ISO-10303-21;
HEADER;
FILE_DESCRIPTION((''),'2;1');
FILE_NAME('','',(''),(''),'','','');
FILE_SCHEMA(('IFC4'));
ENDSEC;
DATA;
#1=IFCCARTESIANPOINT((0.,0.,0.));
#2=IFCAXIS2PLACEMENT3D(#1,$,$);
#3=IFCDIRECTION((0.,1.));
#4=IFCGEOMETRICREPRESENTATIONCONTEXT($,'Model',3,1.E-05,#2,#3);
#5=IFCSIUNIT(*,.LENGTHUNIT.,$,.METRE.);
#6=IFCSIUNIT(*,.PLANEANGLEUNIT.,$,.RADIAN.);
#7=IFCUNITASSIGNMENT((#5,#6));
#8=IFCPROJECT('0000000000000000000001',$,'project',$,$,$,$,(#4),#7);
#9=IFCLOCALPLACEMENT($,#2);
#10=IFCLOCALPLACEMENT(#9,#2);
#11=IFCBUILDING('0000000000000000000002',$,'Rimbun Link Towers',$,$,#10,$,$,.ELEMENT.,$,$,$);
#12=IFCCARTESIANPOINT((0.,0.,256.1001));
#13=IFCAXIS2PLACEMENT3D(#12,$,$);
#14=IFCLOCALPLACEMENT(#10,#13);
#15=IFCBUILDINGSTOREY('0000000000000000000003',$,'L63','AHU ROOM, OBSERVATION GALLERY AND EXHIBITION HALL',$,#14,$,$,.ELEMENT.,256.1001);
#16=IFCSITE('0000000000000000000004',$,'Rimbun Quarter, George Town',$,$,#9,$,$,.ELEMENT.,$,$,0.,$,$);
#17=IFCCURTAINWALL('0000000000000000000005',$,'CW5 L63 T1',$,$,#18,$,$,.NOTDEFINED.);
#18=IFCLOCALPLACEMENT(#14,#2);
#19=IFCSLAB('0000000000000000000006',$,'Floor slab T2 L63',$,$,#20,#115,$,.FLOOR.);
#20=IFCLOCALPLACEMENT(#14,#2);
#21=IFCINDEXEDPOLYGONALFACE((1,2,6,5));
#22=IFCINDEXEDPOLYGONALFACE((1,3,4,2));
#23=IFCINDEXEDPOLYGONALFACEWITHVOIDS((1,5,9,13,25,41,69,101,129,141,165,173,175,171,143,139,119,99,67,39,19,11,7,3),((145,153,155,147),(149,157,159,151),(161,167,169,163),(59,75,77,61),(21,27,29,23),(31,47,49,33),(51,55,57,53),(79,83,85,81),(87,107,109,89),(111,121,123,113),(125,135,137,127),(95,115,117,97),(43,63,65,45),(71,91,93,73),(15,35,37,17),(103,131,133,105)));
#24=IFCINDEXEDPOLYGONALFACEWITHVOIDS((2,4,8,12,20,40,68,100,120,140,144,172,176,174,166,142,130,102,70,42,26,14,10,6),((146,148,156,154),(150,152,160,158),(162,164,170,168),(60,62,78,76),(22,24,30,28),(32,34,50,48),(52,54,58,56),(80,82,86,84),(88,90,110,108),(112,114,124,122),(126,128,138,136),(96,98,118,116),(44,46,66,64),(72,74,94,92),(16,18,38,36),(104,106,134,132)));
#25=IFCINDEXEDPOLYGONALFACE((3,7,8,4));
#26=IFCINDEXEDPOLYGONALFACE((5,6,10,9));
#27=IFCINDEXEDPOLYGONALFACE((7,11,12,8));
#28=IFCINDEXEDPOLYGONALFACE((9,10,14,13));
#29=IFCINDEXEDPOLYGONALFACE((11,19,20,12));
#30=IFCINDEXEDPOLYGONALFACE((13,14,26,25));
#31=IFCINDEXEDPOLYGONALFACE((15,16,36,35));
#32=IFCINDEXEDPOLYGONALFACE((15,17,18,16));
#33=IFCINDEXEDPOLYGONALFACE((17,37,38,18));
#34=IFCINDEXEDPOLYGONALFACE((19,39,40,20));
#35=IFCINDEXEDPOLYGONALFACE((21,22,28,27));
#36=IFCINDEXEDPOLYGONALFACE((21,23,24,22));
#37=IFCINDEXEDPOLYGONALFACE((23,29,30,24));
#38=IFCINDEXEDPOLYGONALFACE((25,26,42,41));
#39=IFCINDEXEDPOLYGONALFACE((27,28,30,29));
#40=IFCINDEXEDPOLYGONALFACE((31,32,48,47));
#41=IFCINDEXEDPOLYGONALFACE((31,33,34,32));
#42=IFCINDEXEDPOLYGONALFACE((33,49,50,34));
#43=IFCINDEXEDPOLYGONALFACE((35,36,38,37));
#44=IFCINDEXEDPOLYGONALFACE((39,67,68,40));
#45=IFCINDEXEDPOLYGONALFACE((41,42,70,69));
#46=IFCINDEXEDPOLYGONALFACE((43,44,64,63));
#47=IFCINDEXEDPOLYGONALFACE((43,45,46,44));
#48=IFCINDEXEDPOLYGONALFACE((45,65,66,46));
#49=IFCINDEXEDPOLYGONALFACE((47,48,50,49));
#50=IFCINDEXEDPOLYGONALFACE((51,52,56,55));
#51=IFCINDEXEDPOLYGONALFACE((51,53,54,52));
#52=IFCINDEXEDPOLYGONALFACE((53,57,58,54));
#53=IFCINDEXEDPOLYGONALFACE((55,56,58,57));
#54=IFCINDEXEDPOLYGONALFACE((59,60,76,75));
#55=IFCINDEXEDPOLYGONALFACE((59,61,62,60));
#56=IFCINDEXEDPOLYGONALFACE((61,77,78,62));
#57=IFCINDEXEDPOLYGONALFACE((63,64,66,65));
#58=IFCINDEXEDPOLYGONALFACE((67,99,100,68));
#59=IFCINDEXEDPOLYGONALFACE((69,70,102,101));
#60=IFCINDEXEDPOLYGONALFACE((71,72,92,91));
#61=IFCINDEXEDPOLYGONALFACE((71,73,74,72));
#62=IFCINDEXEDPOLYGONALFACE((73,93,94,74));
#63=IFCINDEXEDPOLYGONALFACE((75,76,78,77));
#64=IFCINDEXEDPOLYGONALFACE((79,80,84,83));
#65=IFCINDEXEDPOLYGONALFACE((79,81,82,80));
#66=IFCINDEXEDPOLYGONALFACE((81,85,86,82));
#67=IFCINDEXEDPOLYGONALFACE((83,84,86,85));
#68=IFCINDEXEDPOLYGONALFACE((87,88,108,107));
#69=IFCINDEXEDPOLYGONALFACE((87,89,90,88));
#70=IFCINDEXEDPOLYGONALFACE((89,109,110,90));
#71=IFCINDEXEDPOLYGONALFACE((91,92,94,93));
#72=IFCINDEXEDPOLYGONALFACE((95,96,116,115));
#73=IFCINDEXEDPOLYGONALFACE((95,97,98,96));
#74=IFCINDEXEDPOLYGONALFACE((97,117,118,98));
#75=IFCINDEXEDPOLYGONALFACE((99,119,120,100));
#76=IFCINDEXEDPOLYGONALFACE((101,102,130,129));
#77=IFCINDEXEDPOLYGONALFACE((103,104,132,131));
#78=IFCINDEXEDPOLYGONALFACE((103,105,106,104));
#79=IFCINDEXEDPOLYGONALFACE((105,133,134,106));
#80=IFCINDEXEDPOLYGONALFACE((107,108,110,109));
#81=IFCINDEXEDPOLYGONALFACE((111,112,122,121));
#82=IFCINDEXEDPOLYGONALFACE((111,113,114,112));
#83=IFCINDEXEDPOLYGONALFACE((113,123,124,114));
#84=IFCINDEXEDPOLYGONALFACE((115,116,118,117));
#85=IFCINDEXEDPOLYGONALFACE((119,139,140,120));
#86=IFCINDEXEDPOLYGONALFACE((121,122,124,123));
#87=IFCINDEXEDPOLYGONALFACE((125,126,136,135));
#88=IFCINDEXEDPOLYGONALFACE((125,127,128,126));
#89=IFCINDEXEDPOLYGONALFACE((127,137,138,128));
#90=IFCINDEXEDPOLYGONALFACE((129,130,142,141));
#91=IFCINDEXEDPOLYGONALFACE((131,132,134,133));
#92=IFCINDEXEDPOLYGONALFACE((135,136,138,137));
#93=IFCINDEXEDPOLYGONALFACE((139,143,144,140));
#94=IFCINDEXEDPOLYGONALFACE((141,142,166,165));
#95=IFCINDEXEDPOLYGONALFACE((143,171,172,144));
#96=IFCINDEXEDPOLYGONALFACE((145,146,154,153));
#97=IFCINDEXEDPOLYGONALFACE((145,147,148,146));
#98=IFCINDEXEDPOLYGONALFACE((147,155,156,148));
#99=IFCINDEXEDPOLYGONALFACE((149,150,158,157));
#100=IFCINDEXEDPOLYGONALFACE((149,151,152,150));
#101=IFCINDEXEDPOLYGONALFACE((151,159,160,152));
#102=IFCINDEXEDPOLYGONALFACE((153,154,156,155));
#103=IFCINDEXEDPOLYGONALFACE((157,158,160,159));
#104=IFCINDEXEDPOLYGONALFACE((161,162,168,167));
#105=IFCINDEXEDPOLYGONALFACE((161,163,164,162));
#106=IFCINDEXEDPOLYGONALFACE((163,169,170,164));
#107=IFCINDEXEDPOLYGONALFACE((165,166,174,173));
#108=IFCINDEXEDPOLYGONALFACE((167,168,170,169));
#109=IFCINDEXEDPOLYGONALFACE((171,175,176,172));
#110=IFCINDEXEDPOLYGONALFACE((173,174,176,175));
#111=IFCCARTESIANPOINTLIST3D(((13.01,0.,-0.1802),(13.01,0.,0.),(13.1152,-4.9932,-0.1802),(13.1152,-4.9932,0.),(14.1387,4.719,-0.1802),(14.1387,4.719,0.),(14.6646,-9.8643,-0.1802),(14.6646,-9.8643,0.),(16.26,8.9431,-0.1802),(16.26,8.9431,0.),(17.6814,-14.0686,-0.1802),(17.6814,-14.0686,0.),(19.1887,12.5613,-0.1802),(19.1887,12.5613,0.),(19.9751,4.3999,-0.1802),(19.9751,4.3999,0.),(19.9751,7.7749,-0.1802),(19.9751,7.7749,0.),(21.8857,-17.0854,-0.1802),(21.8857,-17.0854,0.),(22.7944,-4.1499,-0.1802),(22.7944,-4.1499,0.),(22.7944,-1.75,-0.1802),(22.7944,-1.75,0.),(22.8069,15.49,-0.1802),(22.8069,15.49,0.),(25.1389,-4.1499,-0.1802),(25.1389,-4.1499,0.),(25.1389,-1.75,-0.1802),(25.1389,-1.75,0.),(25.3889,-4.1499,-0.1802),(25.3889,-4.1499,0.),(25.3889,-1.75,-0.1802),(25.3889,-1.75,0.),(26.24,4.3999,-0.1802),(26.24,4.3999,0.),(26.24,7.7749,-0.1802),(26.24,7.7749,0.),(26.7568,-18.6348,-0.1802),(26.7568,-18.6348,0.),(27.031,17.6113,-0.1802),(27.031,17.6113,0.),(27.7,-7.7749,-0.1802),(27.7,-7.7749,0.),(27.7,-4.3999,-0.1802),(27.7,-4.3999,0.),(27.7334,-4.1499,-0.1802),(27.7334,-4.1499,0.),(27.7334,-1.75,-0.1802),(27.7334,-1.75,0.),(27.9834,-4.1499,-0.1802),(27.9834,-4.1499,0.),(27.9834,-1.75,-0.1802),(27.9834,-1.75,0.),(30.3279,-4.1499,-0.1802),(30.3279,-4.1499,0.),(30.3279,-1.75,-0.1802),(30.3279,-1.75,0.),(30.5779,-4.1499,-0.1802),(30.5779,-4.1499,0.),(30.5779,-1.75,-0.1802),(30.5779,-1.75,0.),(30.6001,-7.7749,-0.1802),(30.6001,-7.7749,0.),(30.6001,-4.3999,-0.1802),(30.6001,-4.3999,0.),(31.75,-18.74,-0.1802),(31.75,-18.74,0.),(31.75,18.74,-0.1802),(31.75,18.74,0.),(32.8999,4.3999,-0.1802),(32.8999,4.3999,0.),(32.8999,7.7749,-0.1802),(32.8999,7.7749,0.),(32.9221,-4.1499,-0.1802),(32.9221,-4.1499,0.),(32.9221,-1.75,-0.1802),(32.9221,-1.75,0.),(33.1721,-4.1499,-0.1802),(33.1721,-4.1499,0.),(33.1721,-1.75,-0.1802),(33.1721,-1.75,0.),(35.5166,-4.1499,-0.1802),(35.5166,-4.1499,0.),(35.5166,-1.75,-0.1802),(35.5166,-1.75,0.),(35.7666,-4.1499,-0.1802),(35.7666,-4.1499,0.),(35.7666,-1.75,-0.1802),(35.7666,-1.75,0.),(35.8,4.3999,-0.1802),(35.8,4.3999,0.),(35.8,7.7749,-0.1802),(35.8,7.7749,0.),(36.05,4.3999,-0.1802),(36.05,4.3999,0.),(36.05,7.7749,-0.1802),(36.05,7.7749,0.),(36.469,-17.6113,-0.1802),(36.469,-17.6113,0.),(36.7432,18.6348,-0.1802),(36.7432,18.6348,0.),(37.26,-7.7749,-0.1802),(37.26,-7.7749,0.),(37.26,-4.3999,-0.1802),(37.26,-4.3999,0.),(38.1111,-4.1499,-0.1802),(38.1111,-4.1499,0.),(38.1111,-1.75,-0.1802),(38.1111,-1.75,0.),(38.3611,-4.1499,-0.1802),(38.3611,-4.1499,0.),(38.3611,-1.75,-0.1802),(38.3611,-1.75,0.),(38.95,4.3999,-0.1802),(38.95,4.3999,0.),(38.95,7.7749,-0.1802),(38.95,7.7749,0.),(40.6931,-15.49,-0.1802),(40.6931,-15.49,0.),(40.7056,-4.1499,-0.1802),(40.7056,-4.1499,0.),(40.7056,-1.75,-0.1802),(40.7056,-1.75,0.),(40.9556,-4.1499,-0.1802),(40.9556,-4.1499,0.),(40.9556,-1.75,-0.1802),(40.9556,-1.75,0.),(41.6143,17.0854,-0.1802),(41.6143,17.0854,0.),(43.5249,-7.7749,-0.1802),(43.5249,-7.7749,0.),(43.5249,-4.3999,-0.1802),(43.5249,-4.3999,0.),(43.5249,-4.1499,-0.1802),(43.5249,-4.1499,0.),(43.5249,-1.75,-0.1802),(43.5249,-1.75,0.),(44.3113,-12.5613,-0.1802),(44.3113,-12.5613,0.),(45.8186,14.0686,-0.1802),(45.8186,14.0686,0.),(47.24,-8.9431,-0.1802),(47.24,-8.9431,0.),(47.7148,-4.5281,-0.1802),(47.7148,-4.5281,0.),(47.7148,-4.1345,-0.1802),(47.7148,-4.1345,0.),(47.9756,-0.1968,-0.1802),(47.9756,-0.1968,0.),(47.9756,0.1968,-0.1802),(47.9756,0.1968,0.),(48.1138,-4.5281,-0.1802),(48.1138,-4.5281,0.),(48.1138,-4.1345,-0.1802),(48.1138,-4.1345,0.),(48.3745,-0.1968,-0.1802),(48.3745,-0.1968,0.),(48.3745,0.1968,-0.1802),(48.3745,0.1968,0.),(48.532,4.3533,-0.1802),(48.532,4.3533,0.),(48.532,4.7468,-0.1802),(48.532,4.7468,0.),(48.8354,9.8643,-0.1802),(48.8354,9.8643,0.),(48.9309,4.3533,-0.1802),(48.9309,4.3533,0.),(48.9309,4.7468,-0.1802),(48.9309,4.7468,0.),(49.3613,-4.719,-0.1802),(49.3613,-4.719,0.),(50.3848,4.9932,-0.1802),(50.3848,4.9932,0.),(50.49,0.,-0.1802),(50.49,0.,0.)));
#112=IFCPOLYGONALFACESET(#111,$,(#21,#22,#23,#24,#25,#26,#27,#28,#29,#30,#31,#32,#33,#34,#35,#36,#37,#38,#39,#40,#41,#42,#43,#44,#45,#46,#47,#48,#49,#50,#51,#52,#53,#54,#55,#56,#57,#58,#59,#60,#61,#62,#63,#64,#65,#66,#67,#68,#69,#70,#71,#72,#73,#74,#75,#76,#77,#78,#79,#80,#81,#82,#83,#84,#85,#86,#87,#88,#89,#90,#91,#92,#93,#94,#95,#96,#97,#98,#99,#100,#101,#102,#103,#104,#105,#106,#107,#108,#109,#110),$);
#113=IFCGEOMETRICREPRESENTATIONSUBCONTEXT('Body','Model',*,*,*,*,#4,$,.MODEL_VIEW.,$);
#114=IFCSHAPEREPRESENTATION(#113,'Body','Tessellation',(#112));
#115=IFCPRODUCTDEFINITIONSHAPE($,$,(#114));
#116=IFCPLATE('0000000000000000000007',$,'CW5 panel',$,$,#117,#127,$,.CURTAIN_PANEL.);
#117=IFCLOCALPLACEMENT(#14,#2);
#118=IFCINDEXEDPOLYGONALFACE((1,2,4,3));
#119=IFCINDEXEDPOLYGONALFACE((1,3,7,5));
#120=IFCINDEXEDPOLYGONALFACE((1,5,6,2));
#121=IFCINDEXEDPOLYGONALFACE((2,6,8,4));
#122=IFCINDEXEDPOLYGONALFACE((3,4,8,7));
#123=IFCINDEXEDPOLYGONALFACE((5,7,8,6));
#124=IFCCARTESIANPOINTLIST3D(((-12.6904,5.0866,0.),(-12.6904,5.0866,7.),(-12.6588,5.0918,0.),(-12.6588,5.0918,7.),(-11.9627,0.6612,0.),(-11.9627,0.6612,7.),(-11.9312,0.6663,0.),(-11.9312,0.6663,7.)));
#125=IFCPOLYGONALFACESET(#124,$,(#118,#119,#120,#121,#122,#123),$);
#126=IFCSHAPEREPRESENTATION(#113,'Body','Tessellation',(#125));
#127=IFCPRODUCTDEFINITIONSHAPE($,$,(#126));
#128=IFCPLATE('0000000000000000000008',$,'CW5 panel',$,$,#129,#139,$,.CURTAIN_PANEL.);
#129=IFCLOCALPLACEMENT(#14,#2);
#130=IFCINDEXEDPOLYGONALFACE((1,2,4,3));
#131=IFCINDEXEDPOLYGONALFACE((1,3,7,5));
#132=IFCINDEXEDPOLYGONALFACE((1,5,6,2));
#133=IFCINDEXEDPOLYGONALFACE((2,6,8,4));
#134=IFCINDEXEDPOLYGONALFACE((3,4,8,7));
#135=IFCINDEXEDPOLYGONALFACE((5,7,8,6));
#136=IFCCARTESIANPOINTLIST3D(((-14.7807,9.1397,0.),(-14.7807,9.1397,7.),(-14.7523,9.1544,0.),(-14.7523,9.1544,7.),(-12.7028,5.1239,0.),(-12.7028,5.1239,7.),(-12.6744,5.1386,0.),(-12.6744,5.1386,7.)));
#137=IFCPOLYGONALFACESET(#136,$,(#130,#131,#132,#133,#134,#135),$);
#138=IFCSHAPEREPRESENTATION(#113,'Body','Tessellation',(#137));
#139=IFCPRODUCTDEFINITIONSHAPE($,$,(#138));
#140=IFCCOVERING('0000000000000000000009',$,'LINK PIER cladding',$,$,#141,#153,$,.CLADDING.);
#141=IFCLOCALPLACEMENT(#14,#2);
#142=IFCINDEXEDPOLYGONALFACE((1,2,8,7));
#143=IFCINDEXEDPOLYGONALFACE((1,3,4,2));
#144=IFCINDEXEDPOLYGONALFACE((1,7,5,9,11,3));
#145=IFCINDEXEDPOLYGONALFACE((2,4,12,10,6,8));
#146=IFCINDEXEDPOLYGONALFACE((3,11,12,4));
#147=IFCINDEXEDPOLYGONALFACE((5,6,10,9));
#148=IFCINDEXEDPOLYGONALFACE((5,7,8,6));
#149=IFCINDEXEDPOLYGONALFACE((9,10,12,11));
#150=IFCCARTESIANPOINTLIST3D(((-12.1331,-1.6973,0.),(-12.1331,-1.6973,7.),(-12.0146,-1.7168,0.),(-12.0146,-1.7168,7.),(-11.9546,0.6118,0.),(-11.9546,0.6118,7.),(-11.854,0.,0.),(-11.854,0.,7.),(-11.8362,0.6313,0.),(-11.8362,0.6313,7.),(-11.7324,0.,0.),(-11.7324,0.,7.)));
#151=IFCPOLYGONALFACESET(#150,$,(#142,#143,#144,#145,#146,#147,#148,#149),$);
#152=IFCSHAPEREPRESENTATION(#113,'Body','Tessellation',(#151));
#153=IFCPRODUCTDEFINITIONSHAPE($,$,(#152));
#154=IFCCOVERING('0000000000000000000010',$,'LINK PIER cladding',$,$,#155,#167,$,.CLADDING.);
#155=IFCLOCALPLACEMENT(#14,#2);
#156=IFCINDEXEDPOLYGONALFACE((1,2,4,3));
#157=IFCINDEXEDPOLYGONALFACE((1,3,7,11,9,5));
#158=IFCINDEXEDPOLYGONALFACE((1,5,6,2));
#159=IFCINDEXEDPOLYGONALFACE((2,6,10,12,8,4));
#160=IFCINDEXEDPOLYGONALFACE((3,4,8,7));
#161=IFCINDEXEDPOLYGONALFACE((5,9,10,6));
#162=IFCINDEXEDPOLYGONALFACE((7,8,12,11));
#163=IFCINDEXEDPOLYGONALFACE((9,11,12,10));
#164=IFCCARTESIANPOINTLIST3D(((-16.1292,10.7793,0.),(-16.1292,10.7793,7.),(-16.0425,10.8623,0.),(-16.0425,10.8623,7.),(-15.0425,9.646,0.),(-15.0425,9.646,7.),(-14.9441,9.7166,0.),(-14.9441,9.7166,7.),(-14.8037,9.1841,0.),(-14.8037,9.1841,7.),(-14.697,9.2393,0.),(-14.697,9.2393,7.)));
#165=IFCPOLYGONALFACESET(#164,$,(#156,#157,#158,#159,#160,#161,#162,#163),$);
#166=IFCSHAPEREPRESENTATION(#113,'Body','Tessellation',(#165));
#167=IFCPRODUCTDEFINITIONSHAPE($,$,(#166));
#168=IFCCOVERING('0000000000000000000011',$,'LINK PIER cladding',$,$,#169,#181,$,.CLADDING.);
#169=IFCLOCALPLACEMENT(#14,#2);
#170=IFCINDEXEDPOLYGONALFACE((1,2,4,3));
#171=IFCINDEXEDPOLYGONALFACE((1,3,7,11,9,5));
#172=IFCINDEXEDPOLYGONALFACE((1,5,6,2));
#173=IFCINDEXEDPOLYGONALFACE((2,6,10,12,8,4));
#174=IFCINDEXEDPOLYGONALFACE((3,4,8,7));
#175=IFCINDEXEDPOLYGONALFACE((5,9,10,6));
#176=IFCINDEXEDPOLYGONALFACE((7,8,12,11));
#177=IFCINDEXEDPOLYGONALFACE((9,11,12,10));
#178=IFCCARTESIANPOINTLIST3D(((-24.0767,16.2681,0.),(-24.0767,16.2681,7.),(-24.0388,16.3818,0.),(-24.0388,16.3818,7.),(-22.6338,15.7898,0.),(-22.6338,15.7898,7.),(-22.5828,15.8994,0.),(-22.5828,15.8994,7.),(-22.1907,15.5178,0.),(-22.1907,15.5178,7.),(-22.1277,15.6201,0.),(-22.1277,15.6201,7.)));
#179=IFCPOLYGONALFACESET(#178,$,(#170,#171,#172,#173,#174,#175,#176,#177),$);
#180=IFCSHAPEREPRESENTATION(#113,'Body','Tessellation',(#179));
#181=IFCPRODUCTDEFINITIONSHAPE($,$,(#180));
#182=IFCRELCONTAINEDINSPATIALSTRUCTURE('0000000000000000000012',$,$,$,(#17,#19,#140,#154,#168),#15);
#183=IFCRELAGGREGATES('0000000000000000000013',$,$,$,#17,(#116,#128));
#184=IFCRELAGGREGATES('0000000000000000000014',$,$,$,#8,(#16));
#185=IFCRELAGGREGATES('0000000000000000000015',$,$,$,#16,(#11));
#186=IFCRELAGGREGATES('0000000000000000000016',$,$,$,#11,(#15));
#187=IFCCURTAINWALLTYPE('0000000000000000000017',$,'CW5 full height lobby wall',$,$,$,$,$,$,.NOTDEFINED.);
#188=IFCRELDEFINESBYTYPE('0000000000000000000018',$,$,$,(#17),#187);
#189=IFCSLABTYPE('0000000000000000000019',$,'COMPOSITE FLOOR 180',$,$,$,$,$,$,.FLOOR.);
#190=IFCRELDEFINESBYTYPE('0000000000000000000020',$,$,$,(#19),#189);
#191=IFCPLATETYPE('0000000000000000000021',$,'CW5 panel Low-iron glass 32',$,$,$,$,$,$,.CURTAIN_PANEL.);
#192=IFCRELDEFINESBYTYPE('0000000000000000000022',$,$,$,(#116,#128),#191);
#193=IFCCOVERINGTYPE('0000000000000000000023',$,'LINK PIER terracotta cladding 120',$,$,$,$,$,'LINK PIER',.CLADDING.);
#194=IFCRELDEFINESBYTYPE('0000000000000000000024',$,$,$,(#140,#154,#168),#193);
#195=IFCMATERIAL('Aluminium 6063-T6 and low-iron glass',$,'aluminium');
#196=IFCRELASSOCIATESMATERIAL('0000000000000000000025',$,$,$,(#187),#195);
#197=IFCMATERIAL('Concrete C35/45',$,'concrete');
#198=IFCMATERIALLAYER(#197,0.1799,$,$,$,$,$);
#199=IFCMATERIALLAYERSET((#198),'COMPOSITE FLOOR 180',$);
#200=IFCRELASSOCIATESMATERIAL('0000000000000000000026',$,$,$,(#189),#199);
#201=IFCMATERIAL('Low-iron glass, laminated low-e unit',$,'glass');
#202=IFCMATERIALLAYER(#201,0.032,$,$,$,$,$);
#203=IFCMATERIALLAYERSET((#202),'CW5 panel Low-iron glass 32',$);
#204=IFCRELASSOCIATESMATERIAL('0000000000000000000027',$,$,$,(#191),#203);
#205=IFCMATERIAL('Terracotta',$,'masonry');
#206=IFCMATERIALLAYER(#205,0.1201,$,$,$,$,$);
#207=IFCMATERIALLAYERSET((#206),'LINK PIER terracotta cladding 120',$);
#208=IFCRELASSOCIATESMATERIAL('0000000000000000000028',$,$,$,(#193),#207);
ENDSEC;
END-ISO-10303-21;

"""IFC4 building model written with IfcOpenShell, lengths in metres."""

from ifc_helpers import new_model, si_unit, direction, frame, origin, origin_2d, place, context, subcontext, project, spatial, polyline, rectangle, outline, extrude, material, layer, layer_set, type_object, element, aggregate, save


model = new_model("IFC4")

# Units and contexts
model_context = context("Model", 3, precision=1e-05, world=origin(), true_north=direction((0.0, 1.0)))
body_context = subcontext(model_context, "Body", "Model", "MODEL_VIEW")
ifc_project = project(units=[si_unit("LENGTHUNIT", "METRE"), si_unit("PLANEANGLEUNIT", "RADIAN")], contexts=[model_context])

# Site, building, storey
site_placement = place(None, origin())
site = spatial("IfcSite", under=ifc_project, at=site_placement, Name="Rimbun Quarter, George Town", CompositionType="ELEMENT", RefElevation=0.0)
building_placement = place(site_placement, origin())
building = spatial("IfcBuilding", under=site, at=building_placement, Name="Rimbun Link Towers", CompositionType="ELEMENT")
storey_placement = place(building_placement, frame((0.0, 0.0, 256.1001)))
storey = spatial("IfcBuildingStorey", under=building, at=storey_placement, Name="L63", Description="AHU ROOM, OBSERVATION GALLERY AND EXHIBITION HALL", CompositionType="ELEMENT", Elevation=256.1001)

# Curtain wall
ifc_material_1 = material(Name="Aluminium 6063-T6 and low-iron glass", Category="aluminium")
curtain_wall_type = type_object("IfcCurtainWallType", Name="CW5 full height lobby wall", PredefinedType="NOTDEFINED", material=ifc_material_1)
curtain_wall_placement = place(storey_placement, origin())
curtain_wall = element("IfcCurtainWall", 1, at=curtain_wall_placement, inside=storey, type_object=curtain_wall_type, Name="CW5 L63 T1", PredefinedType="NOTDEFINED")

# Slab
ifc_material_2 = material(Name="Concrete C35/45", Category="concrete")
ifc_layer_1 = layer(ifc_material_2, 0.1799)
ifc_layer_set_1 = layer_set([ifc_layer_1], Name="COMPOSITE FLOOR 180")
slab_type = type_object("IfcSlabType", Name="COMPOSITE FLOOR 180", PredefinedType="FLOOR", material=ifc_layer_set_1)
slab_1_placement = place(storey_placement, frame((0.0, 0.0, -0.1802)))
element("IfcSlab", 2, at=slab_1_placement, inside=storey, type_object=slab_type, Name="Floor slab T2 L63", PredefinedType="FLOOR", context=body_context, shape_type="SweptSolid", body=[
    extrude(outline(polyline([(48.8354, 9.8643), (50.3848, 4.9932), (50.49, 0.0), (49.3613, -4.719), (47.24, -8.9431), (44.3113, -12.5613), (40.6931, -15.49), (36.469, -17.6113), (31.75, -18.74), (26.7568, -18.6348), (21.8857, -17.0854), (17.6814, -14.0686), (14.6646, -9.8643), (13.1152, -4.9932), (13.01, 0.0), (14.1387, 4.719), (16.26, 8.9431), (19.1887, 12.5613), (22.8069, 15.49), (27.031, 17.6113), (31.75, 18.74), (36.7432, 18.6348), (41.6143, 17.0854), (45.8186, 14.0686), (48.8354, 9.8643)]), holes=[polyline([(30.6001, -7.7749), (30.6001, -4.3999), (27.7, -4.3999), (27.7, -7.7749), (30.6001, -7.7749)]), polyline([(25.1389, -4.1499), (25.1389, -1.75), (22.7944, -1.75), (22.7944, -4.1499), (25.1389, -4.1499)]), polyline([(27.7334, -4.1499), (27.7334, -1.75), (25.3889, -1.75), (25.3889, -4.1499), (27.7334, -4.1499)]), polyline([(30.3279, -4.1499), (30.3279, -1.75), (27.9834, -1.75), (27.9834, -4.1499), (30.3279, -4.1499)]), polyline([(32.9221, -4.1499), (32.9221, -1.75), (30.5779, -1.75), (30.5779, -4.1499), (32.9221, -4.1499)]), polyline([(35.5166, -4.1499), (35.5166, -1.75), (33.1721, -1.75), (33.1721, -4.1499), (35.5166, -4.1499)]), polyline([(26.24, 4.3999), (26.24, 7.7749), (19.9751, 7.7749), (19.9751, 4.3999), (26.24, 4.3999)]), polyline([(35.8, 4.3999), (35.8, 7.7749), (32.8999, 7.7749), (32.8999, 4.3999), (35.8, 4.3999)]), polyline([(43.5249, -7.7749), (43.5249, -4.3999), (37.26, -4.3999), (37.26, -7.7749), (43.5249, -7.7749)]), polyline([(48.1138, -4.5281), (48.1138, -4.1345), (47.7148, -4.1345), (47.7148, -4.5281), (48.1138, -4.5281)]), polyline([(38.1111, -4.1499), (38.1111, -1.75), (35.7666, -1.75), (35.7666, -4.1499), (38.1111, -4.1499)]), polyline([(40.7056, -4.1499), (40.7056, -1.75), (38.3611, -1.75), (38.3611, -4.1499), (40.7056, -4.1499)]), polyline([(43.5249, -4.1499), (43.5249, -1.75), (40.9556, -1.75), (40.9556, -4.1499), (43.5249, -4.1499)]), polyline([(48.3745, -0.1968), (48.3745, 0.1968), (47.9756, 0.1968), (47.9756, -0.1968), (48.3745, -0.1968)]), polyline([(48.9309, 4.3533), (48.9309, 4.7468), (48.532, 4.7468), (48.532, 4.3533), (48.9309, 4.3533)]), polyline([(38.95, 4.3999), (38.95, 7.7749), (36.05, 7.7749), (36.05, 4.3999), (38.95, 4.3999)])]), origin(), (0.0, 0.0, 1.0), 0.1802),
])

# Plates
ifc_material_3 = material(Name="Low-iron glass, laminated low-e unit", Category="glass")
ifc_layer_2 = layer(ifc_material_3, 0.032)
ifc_layer_set_2 = layer_set([ifc_layer_2], Name="CW5 panel Low-iron glass 32")
plate_type = type_object("IfcPlateType", Name="CW5 panel Low-iron glass 32", PredefinedType="CURTAIN_PANEL", material=ifc_layer_set_2)
plate_1_placement = place(storey_placement, frame((-12.3108, 2.8765, 0.0), z_axis=(0.0, 0.0, 1.0), x_axis=(0.162249, -0.98675, 0.0)))
plate_1 = element("IfcPlate", 3, at=plate_1_placement, type_object=plate_type, Name="CW5 panel", PredefinedType="CURTAIN_PANEL", context=body_context, shape_type="SweptSolid", body=[
    extrude(rectangle(XDim=4.4849, YDim=0.032, at=origin_2d()), origin(), (0.0, 0.0, 1.0), 7.0),
])
plate_2_placement = place(storey_placement, frame((-13.7275, 7.1392, 0.0), z_axis=(0.0, 0.0, 1.0), x_axis=(0.459551, -0.888152, 0.0)))
plate_2 = element("IfcPlate", 4, at=plate_2_placement, type_object=plate_type, Name="CW5 panel", PredefinedType="CURTAIN_PANEL", context=body_context, shape_type="SweptSolid", body=[
    extrude(rectangle(XDim=4.5215, YDim=0.032, at=origin_2d()), origin(), (0.0, 0.0, 1.0), 7.0),
])
aggregate(curtain_wall, [plate_1, plate_2])

# Coverings
ifc_material_4 = material(Name="Terracotta", Category="masonry")
ifc_layer_3 = layer(ifc_material_4, 0.1201)
ifc_layer_set_3 = layer_set([ifc_layer_3], Name="LINK PIER terracotta cladding 120")
covering_type = type_object("IfcCoveringType", Name="LINK PIER terracotta cladding 120", ElementType="LINK PIER", PredefinedType="CLADDING", material=ifc_layer_set_3)
covering_1_placement = place(storey_placement, origin())
element("IfcCovering", 5, at=covering_1_placement, inside=storey, type_object=covering_type, Name="LINK PIER cladding", PredefinedType="CLADDING", context=body_context, shape_type="SweptSolid", body=[
    extrude(outline(polyline([(-11.9546, 0.6118), (-11.854, 0.0), (-12.1331, -1.6973), (-12.0146, -1.7168), (-11.7324, 0.0), (-11.8362, 0.6313), (-11.9546, 0.6118)])), origin(), (0.0, 0.0, 1.0), 7.0),
])
covering_2_placement = place(storey_placement, origin())
element("IfcCovering", 6, at=covering_2_placement, inside=storey, type_object=covering_type, Name="LINK PIER cladding", PredefinedType="CLADDING", context=body_context, shape_type="SweptSolid", body=[
    extrude(outline(polyline([(-16.1292, 10.7793), (-15.0425, 9.646), (-14.8037, 9.1841), (-14.697, 9.2393), (-14.9441, 9.7166), (-16.0425, 10.8623), (-16.1292, 10.7793)])), origin(), (0.0, 0.0, 1.0), 7.0),
])
covering_3_placement = place(storey_placement, origin())
element("IfcCovering", 7, at=covering_3_placement, inside=storey, type_object=covering_type, Name="LINK PIER cladding", PredefinedType="CLADDING", context=body_context, shape_type="SweptSolid", body=[
    extrude(outline(polyline([(-24.0767, 16.2681), (-22.6338, 15.7898), (-22.1907, 15.5178), (-22.1277, 15.6201), (-22.5828, 15.8994), (-24.0388, 16.3818), (-24.0767, 16.2681)])), origin(), (0.0, 0.0, 1.0), 7.0),
])

save(model, "model.ifc")
